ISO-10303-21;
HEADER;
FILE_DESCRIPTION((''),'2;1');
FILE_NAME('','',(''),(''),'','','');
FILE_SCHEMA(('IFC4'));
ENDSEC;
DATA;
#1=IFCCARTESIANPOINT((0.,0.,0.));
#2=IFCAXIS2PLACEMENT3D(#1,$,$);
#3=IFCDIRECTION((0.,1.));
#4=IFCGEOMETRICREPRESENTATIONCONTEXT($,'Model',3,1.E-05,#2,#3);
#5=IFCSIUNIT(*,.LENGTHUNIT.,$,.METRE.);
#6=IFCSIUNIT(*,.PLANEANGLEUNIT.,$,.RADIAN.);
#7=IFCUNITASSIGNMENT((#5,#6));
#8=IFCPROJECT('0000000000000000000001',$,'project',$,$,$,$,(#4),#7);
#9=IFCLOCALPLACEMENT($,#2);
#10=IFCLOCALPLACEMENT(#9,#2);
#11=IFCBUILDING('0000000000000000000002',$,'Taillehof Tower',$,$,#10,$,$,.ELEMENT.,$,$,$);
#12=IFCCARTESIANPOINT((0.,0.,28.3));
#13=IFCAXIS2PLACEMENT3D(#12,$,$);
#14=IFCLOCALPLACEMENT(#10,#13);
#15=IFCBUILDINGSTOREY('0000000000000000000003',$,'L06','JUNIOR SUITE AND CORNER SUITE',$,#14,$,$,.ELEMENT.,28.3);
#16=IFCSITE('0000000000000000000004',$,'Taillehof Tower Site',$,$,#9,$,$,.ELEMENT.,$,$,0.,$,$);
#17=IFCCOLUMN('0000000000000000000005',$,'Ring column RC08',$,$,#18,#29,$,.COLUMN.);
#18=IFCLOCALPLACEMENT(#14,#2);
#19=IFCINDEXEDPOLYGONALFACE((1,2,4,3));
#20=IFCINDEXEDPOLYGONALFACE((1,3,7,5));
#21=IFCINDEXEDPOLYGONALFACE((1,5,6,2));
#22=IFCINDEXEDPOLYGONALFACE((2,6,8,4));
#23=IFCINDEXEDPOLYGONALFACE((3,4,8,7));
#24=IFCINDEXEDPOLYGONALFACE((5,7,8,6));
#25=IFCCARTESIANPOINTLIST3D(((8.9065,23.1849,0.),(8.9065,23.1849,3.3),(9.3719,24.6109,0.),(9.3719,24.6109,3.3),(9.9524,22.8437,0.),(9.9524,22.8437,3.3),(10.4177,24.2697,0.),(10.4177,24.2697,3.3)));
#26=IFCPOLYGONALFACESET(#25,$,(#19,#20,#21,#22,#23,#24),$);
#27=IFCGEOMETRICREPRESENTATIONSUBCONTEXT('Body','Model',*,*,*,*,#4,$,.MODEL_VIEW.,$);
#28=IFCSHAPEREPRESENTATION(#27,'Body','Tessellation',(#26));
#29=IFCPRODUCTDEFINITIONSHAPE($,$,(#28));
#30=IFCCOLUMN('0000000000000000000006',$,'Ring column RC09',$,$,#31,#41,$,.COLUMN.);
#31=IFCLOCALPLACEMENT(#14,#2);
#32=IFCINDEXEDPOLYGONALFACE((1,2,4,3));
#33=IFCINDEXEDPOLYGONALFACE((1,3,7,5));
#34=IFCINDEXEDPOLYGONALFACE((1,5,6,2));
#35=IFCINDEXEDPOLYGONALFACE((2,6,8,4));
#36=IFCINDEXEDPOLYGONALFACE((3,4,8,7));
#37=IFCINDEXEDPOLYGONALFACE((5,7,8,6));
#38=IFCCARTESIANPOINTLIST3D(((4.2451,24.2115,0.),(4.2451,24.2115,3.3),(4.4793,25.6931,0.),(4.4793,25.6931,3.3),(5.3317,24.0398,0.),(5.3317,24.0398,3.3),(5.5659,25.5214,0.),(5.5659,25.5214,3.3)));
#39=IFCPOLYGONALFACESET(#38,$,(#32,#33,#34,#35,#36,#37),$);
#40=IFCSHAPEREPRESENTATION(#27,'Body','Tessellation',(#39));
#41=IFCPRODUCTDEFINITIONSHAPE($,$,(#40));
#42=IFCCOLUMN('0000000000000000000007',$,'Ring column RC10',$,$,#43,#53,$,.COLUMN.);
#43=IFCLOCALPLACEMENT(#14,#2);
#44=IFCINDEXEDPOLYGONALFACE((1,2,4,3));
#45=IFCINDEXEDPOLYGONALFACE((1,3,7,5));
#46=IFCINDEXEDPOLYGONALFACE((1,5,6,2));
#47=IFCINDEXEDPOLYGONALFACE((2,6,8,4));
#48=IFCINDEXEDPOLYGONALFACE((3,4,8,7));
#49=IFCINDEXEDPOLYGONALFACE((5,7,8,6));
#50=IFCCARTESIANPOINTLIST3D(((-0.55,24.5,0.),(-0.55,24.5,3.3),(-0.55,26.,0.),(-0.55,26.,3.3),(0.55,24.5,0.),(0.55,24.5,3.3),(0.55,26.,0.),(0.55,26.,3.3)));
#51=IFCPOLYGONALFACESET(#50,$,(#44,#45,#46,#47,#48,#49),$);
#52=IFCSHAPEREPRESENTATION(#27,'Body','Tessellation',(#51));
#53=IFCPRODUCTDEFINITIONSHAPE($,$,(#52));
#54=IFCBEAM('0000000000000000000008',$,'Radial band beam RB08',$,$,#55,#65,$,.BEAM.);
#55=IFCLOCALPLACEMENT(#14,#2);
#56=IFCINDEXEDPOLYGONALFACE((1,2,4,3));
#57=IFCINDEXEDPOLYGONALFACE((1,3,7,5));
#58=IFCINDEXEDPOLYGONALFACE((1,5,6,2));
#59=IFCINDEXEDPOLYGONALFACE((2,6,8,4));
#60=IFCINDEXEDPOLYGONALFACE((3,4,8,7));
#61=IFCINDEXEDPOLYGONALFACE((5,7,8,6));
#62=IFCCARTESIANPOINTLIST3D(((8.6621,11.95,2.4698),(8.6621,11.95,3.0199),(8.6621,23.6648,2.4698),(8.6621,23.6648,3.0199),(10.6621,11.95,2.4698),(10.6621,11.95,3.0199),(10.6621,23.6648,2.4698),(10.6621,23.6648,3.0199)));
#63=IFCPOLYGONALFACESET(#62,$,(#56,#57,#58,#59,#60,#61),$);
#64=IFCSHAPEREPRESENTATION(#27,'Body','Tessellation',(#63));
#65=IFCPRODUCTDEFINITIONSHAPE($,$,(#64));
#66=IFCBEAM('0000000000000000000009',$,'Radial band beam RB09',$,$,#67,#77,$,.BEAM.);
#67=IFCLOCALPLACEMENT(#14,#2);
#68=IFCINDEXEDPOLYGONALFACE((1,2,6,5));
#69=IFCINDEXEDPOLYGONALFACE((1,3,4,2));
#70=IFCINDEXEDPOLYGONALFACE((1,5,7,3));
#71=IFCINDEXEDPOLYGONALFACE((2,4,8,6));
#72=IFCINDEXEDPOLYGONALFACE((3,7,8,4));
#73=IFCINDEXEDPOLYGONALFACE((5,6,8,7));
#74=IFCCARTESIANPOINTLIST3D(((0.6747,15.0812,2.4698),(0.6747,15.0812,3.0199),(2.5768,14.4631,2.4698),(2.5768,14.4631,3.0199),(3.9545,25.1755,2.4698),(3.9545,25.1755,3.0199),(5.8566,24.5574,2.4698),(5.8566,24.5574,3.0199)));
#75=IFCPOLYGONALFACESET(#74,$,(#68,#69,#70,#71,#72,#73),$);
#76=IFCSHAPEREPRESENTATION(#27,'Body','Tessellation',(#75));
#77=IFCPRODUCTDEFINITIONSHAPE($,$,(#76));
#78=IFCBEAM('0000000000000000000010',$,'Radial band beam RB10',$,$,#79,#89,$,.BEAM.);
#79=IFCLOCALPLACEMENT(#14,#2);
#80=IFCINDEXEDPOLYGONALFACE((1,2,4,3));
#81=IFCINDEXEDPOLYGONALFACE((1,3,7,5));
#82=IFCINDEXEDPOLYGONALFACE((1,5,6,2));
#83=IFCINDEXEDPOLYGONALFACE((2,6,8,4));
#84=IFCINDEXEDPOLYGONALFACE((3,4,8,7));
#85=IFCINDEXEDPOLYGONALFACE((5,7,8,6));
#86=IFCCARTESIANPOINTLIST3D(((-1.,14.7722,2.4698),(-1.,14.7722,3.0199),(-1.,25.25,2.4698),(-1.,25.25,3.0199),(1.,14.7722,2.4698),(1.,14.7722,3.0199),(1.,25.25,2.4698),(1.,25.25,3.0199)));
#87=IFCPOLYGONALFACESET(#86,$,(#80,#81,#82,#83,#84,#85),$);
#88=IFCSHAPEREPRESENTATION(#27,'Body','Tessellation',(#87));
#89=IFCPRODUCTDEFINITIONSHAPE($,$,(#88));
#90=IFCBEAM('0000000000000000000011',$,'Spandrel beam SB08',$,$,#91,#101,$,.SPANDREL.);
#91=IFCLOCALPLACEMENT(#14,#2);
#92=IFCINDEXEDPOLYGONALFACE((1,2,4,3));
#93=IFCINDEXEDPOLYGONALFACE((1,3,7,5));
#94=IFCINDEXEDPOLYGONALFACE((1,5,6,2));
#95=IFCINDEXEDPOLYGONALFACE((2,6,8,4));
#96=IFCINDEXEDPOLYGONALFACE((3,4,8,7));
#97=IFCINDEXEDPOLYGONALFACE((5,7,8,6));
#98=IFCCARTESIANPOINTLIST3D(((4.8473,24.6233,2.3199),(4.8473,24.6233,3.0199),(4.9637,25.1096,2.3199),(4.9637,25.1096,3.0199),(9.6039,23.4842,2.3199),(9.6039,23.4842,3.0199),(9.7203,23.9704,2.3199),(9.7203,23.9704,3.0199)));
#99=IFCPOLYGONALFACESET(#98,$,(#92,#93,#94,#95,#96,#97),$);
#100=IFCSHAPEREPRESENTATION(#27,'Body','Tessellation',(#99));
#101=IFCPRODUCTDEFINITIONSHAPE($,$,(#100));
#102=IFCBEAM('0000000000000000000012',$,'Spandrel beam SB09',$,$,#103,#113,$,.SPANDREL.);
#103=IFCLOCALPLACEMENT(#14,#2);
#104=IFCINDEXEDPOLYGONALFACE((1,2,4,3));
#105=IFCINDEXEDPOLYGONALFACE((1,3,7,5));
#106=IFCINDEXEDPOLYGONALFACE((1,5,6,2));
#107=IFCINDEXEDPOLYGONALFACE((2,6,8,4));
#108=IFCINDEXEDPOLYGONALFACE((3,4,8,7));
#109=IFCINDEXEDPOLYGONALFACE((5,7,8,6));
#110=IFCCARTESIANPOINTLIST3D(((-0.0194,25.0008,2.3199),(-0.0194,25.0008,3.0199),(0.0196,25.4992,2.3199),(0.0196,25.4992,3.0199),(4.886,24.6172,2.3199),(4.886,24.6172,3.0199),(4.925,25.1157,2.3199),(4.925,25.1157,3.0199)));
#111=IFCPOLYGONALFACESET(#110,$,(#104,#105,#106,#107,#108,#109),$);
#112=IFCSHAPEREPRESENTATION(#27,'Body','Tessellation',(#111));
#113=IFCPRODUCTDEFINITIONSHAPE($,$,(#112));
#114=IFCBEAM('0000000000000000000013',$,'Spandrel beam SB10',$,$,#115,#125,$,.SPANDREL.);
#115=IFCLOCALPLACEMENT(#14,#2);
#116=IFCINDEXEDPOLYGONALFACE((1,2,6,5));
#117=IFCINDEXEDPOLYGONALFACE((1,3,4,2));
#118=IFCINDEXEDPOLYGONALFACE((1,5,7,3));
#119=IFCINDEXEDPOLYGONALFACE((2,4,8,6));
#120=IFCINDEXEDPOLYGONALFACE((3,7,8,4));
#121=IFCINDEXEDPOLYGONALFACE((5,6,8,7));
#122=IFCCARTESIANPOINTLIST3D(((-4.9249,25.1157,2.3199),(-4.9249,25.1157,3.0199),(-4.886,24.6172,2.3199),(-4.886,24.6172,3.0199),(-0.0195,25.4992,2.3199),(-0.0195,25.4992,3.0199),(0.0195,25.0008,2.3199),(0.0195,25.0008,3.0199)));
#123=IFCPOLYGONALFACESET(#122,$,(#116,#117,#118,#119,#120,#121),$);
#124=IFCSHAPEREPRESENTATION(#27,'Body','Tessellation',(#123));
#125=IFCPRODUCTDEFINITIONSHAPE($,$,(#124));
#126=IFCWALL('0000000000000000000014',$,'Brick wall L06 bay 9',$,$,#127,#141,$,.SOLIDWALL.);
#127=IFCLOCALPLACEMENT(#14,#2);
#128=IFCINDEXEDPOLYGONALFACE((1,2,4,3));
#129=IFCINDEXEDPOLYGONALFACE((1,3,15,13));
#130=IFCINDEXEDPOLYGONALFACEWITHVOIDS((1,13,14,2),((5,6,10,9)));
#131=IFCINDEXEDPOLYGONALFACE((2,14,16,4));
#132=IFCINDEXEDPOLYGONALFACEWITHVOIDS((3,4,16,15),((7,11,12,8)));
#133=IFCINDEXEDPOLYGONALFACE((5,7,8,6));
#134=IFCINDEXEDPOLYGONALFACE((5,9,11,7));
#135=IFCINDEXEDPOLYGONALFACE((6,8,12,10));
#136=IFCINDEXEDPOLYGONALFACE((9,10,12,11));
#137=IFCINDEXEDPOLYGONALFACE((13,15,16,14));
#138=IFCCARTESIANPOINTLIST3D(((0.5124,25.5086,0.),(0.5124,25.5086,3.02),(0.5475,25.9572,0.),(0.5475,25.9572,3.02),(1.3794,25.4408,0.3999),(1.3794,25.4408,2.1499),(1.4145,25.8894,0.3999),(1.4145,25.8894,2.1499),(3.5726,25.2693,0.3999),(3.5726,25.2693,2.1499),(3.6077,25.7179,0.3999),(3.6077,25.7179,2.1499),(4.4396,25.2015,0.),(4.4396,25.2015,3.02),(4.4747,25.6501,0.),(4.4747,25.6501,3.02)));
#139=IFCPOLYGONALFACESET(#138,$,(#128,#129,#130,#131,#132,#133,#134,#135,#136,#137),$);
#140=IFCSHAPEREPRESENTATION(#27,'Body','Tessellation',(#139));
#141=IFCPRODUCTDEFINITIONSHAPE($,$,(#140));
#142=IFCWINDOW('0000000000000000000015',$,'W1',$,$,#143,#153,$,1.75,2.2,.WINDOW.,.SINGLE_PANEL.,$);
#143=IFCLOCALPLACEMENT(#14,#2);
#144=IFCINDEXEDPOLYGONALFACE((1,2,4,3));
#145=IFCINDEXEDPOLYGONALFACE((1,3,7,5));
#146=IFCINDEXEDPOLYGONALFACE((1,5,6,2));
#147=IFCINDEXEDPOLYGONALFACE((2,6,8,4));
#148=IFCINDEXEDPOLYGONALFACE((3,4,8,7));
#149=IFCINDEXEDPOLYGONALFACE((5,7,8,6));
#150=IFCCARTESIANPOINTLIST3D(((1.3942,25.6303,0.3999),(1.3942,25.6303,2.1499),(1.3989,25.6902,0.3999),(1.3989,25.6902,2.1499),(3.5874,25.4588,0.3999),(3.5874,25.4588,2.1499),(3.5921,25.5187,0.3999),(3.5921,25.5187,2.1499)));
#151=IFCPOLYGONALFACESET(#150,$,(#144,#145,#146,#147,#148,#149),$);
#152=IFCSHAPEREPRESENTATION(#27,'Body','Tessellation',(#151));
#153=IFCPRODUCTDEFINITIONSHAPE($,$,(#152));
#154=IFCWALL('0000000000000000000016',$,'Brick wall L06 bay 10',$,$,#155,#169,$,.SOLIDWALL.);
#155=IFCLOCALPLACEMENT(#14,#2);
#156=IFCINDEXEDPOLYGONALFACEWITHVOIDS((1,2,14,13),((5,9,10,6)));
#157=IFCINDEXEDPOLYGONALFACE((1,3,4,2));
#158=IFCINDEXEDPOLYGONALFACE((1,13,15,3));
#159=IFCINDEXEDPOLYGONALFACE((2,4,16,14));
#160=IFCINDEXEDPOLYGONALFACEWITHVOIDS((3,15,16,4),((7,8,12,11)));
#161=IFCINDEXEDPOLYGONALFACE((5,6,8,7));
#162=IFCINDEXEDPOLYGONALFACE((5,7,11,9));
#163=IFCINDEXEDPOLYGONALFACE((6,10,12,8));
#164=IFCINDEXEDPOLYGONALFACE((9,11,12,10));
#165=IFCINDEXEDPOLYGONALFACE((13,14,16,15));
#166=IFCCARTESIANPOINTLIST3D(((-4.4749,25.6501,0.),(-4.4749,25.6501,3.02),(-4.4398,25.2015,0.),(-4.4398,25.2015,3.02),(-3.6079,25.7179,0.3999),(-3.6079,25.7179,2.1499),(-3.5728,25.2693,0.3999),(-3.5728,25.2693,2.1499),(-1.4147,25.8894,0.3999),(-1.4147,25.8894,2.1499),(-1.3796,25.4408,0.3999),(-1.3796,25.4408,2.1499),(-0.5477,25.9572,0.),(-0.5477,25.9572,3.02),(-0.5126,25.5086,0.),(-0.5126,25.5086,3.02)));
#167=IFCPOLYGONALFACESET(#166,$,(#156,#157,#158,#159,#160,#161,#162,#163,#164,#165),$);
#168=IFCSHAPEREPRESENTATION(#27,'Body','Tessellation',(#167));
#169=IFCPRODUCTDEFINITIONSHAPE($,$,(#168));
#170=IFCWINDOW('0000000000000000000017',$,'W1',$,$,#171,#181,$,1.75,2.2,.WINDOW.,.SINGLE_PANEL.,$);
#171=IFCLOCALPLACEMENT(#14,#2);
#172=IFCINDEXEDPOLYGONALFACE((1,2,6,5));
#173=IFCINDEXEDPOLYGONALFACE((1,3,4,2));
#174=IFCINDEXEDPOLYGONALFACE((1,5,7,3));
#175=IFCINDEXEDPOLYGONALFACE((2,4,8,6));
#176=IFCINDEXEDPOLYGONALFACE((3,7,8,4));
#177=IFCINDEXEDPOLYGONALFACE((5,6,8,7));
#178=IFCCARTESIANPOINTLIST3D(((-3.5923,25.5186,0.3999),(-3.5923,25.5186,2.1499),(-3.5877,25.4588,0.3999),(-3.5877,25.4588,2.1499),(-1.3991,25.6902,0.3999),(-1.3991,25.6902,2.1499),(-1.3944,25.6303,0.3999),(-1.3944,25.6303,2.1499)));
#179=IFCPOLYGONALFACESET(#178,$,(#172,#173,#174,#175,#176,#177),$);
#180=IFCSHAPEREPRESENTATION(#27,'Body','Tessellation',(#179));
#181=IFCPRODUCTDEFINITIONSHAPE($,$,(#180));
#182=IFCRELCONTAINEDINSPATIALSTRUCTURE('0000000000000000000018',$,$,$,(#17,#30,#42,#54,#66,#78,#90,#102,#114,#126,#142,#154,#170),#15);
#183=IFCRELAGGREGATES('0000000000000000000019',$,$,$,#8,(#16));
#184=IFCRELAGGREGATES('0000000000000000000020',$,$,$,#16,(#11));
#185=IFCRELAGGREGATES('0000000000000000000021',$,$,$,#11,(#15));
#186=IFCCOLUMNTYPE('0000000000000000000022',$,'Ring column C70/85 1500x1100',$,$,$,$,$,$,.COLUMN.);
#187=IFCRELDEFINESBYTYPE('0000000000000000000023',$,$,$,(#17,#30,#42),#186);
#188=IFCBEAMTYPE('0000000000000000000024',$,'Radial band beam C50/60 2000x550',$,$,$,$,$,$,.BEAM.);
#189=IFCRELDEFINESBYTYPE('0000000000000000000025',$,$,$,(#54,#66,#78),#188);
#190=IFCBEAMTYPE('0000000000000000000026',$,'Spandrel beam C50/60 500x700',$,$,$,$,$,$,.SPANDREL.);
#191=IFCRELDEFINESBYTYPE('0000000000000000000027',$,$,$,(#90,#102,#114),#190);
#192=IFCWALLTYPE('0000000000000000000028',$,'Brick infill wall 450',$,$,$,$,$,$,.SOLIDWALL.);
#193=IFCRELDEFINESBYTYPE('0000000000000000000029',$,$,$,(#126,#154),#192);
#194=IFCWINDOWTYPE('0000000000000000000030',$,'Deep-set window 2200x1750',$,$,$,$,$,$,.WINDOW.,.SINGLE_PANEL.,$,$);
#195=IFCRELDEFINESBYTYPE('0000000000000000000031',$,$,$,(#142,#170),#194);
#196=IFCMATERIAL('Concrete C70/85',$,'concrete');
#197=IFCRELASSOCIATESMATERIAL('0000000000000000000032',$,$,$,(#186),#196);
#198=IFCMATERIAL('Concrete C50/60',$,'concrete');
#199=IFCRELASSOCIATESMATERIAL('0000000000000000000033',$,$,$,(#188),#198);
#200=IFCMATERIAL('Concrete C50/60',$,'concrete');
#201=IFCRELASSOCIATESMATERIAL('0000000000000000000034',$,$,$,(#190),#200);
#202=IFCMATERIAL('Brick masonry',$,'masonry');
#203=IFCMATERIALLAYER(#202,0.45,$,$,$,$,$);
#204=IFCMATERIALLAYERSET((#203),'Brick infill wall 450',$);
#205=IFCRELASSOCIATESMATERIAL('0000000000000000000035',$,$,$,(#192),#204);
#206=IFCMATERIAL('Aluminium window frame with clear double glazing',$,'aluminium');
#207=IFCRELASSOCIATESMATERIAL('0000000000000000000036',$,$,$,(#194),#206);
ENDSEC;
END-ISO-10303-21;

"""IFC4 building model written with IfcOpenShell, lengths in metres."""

from ifc_helpers import new_model, si_unit, direction, frame, frame_2d, origin, origin_2d, place, context, subcontext, project, spatial, rectangle, extrude, material, layer, layer_set, material_profile, profile_set, type_object, element, fill, save


model = new_model("IFC4")

# Units and contexts
model_context = context("Model", 3, precision=1e-05, world=origin(), true_north=direction((0.0, 1.0)))
body_context = subcontext(model_context, "Body", "Model", "MODEL_VIEW")
ifc_project = project(units=[si_unit("LENGTHUNIT", "METRE"), si_unit("PLANEANGLEUNIT", "RADIAN")], contexts=[model_context])

# Site, building, storey
site_placement = place(None, origin())
site = spatial("IfcSite", under=ifc_project, at=site_placement, Name="Taillehof Tower Site", CompositionType="ELEMENT", RefElevation=0.0)
building_placement = place(site_placement, origin())
building = spatial("IfcBuilding", under=site, at=building_placement, Name="Taillehof Tower", CompositionType="ELEMENT")
storey_placement = place(building_placement, frame((0.0, 0.0, 28.3)))
storey = spatial("IfcBuildingStorey", under=building, at=storey_placement, Name="L06", Description="JUNIOR SUITE AND CORNER SUITE", CompositionType="ELEMENT", Elevation=28.3)

# Columns
ifc_material_1 = material(Name="Concrete C70/85", Category="concrete")
ifc_material_profile_1 = material_profile(ifc_material_1, rectangle(XDim=1.5, YDim=1.1001, at=origin_2d()), Name="RC 1500x1100")
ifc_profile_set_1 = profile_set([ifc_material_profile_1], Name="Concrete C70/85")
column_type = type_object("IfcColumnType", Name="Ring column C70/85 1500x1100", PredefinedType="COLUMN", material=ifc_profile_set_1)
for number, where, z_axis, x_axis, name in (
    (1, (9.6621, 23.7273, 0.0), (0.0, 0.0, 1.0), (0.310219, 0.950665, 0.0), "Ring column RC08"),
    (2, (4.9055, 24.8665, 0.0), (0.0, 0.0, 1.0), (0.156147, 0.987734, 0.0), "Ring column RC09"),
    (3, (0.0, 25.25, 0.0), (0.0, 0.0, 1.0), (0.0, 1.0, 0.0), "Ring column RC10"),
):
    element("IfcColumn", number, at=place(storey_placement, frame(where, z_axis=z_axis, x_axis=x_axis)), inside=storey, type_object=column_type, Name=name, PredefinedType="COLUMN", context=body_context, shape_type="SweptSolid", body=[
        extrude(rectangle(XDim=1.5, YDim=1.1001, at=origin_2d()), origin(), (0.0, 0.0, 1.0), 3.3),
    ])

# Beams
ifc_material_2 = material(Name="Concrete C50/60", Category="concrete")
ifc_material_profile_2 = material_profile(ifc_material_2, rectangle(XDim=2.0, YDim=0.55, at=origin_2d()), Name="RC 2000x550")
ifc_profile_set_2 = profile_set([ifc_material_profile_2], Name="Concrete C50/60")
beam_type_1 = type_object("IfcBeamType", Name="Radial band beam C50/60 2000x550", PredefinedType="BEAM", material=ifc_profile_set_2)
beam_1_placement = place(storey_placement, frame((9.6621, 23.6648, 2.7449), z_axis=(0.0, -1.0, 0.0), x_axis=(1.0, 0.0, 0.0)))
element("IfcBeam", 4, at=beam_1_placement, inside=storey, type_object=beam_type_1, Name="Radial band beam RB08", PredefinedType="BEAM", context=body_context, shape_type="SweptSolid", body=[
    extrude(rectangle(XDim=2.0, YDim=0.55, at=origin_2d()), origin(), (0.0, 0.0, 1.0), 11.7148),
])
beam_2_placement = place(storey_placement, frame((4.9055, 24.8665, 2.7449), z_axis=(-0.309014, -0.951057, 0.0), x_axis=(0.951057, -0.309014, 0.0)))
element("IfcBeam", 5, at=beam_2_placement, inside=storey, type_object=beam_type_1, Name="Radial band beam RB09", PredefinedType="BEAM", context=body_context, shape_type="SweptSolid", body=[
    extrude(rectangle(XDim=2.0, YDim=0.55, at=origin_2d()), origin(), (0.0, 0.0, 1.0), 10.6138),
])
beam_3_placement = place(storey_placement, frame((0.0, 25.25, 2.7449), z_axis=(0.0, -1.0, 0.0), x_axis=(1.0, 0.0, 0.0)))
element("IfcBeam", 6, at=beam_3_placement, inside=storey, type_object=beam_type_1, Name="Radial band beam RB10", PredefinedType="BEAM", context=body_context, shape_type="SweptSolid", body=[
    extrude(rectangle(XDim=2.0, YDim=0.55, at=origin_2d()), origin(), (0.0, 0.0, 1.0), 10.4778),
])
ifc_material_3 = material(Name="Concrete C50/60", Category="concrete")
ifc_material_profile_3 = material_profile(ifc_material_3, rectangle(XDim=0.5, YDim=0.7, at=origin_2d()), Name="RC 500x700")
ifc_profile_set_3 = profile_set([ifc_material_profile_3], Name="Concrete C50/60")
beam_type_2 = type_object("IfcBeamType", Name="Spandrel beam C50/60 500x700", PredefinedType="SPANDREL", material=ifc_profile_set_3)
beam_4_placement = place(storey_placement, frame((9.6621, 23.7273, 2.6699), z_axis=(-0.9725, 0.232905, 0.0), x_axis=(-0.232905, -0.9725, 0.0)))
element("IfcBeam", 7, at=beam_4_placement, inside=storey, type_object=beam_type_2, Name="Spandrel beam SB08", PredefinedType="SPANDREL", context=body_context, shape_type="SweptSolid", body=[
    extrude(rectangle(XDim=0.5, YDim=0.7, at=origin_2d()), origin(), (0.0, 0.0, 1.0), 4.8911),
])
for number, where, z_axis, x_axis, name in (
    (8, (4.9055, 24.8665, 2.6699), (-0.996957, 0.077949, 0.0), (-0.077949, -0.996957, 0.0), "Spandrel beam SB09"),
    (9, (0.0, 25.25, 2.6699), (-0.996957, -0.077949, 0.0), (0.077949, -0.996957, 0.0), "Spandrel beam SB10"),
):
    element("IfcBeam", number, at=place(storey_placement, frame(where, z_axis=z_axis, x_axis=x_axis)), inside=storey, type_object=beam_type_2, Name=name, PredefinedType="SPANDREL", context=body_context, shape_type="SweptSolid", body=[
        extrude(rectangle(XDim=0.5, YDim=0.7, at=origin_2d()), origin(), (0.0, 0.0, 1.0), 4.9204),
    ])

# Walls, openings, windows
ifc_material_4 = material(Name="Brick masonry", Category="masonry")
ifc_layer_1 = layer(ifc_material_4, 0.45)
ifc_layer_set_1 = layer_set([ifc_layer_1], Name="Brick infill wall 450")
wall_type_1 = type_object("IfcWallType", Name="Brick infill wall 450", PredefinedType="SOLIDWALL", material=ifc_layer_set_1)
wall_1_placement = place(storey_placement, frame((4.4573, 25.4258, 0.0), z_axis=(0.0, 0.0, 1.0), x_axis=(-0.996956, 0.077967, 0.0)))
wall_1 = element("IfcWall", 10, at=wall_1_placement, inside=storey, type_object=wall_type_1, Name="Brick wall L06 bay 9", PredefinedType="SOLIDWALL", context=body_context, shape_type="SweptSolid", body=[
    extrude(rectangle(XDim=3.9392, YDim=0.45, at=frame_2d((1.9697, 0.0))), origin(), (0.0, 0.0, 1.0), 3.02),
])
opening_1_placement = place(wall_1_placement, frame((0.8696, 0.0, 0.3999)))
opening_1 = element("IfcOpeningElement", 11, at=opening_1_placement, cuts=wall_1, PredefinedType="OPENING", context=body_context, shape_type="SweptSolid", body=[
    extrude(rectangle(XDim=2.2, YDim=1.75, at=frame_2d((1.1001, 0.875))), frame((0.0, 0.2349, 0.0), z_axis=(0.0, -1.0, 0.0), x_axis=(1.0, 0.0, 0.0)), (0.0, 0.0, 1.0), 0.47),
])
ifc_material_5 = material(Name="Aluminium window frame with clear double glazing", Category="aluminium")
window_type_1 = type_object("IfcWindowType", Name="Deep-set window 2200x1750", PartitioningType="SINGLE_PANEL", PredefinedType="WINDOW", material=ifc_material_5)
window_1_placement = place(opening_1_placement, origin())
window_1 = element("IfcWindow", 12, at=window_1_placement, inside=storey, type_object=window_type_1, Name="W1", OverallHeight=1.75, OverallWidth=2.2, PartitioningType="SINGLE_PANEL", PredefinedType="WINDOW", context=body_context, shape_type="SweptSolid", body=[
    extrude(rectangle(XDim=2.2, YDim=1.75, at=frame_2d((1.1001, 0.875))), frame((0.0, 0.0349, 0.0), z_axis=(0.0, -1.0, 0.0), x_axis=(1.0, 0.0, 0.0)), (0.0, 0.0, 1.0), 0.0601),
])
fill(opening_1, window_1)
wall_2_placement = place(storey_placement, frame((-0.53, 25.7329, 0.0), z_axis=(0.0, 0.0, 1.0), x_axis=(-0.996956, -0.077967, 0.0)))
wall_2 = element("IfcWall", 13, at=wall_2_placement, inside=storey, type_object=wall_type_1, Name="Brick wall L06 bay 10", PredefinedType="SOLIDWALL", context=body_context, shape_type="SweptSolid", body=[
    extrude(rectangle(XDim=3.9392, YDim=0.45, at=frame_2d((1.9697, 0.0))), origin(), (0.0, 0.0, 1.0), 3.02),
])
opening_2_placement = place(wall_2_placement, frame((0.8696, 0.0, 0.3999)))
opening_2 = element("IfcOpeningElement", 14, at=opening_2_placement, cuts=wall_2, PredefinedType="OPENING", context=body_context, shape_type="SweptSolid", body=[
    extrude(rectangle(XDim=2.2, YDim=1.75, at=frame_2d((1.1001, 0.875))), frame((0.0, 0.2349, 0.0), z_axis=(0.0, -1.0, 0.0), x_axis=(1.0, 0.0, 0.0)), (0.0, 0.0, 1.0), 0.47),
])
window_2_placement = place(opening_2_placement, origin())
window_2 = element("IfcWindow", 15, at=window_2_placement, inside=storey, type_object=window_type_1, Name="W1", OverallHeight=1.75, OverallWidth=2.2, PartitioningType="SINGLE_PANEL", PredefinedType="WINDOW", context=body_context, shape_type="SweptSolid", body=[
    extrude(rectangle(XDim=2.2, YDim=1.75, at=frame_2d((1.1001, 0.875))), frame((0.0, 0.0349, 0.0), z_axis=(0.0, -1.0, 0.0), x_axis=(1.0, 0.0, 0.0)), (0.0, 0.0, 1.0), 0.0601),
])
fill(opening_2, window_2)

save(model, "model.ifc")
